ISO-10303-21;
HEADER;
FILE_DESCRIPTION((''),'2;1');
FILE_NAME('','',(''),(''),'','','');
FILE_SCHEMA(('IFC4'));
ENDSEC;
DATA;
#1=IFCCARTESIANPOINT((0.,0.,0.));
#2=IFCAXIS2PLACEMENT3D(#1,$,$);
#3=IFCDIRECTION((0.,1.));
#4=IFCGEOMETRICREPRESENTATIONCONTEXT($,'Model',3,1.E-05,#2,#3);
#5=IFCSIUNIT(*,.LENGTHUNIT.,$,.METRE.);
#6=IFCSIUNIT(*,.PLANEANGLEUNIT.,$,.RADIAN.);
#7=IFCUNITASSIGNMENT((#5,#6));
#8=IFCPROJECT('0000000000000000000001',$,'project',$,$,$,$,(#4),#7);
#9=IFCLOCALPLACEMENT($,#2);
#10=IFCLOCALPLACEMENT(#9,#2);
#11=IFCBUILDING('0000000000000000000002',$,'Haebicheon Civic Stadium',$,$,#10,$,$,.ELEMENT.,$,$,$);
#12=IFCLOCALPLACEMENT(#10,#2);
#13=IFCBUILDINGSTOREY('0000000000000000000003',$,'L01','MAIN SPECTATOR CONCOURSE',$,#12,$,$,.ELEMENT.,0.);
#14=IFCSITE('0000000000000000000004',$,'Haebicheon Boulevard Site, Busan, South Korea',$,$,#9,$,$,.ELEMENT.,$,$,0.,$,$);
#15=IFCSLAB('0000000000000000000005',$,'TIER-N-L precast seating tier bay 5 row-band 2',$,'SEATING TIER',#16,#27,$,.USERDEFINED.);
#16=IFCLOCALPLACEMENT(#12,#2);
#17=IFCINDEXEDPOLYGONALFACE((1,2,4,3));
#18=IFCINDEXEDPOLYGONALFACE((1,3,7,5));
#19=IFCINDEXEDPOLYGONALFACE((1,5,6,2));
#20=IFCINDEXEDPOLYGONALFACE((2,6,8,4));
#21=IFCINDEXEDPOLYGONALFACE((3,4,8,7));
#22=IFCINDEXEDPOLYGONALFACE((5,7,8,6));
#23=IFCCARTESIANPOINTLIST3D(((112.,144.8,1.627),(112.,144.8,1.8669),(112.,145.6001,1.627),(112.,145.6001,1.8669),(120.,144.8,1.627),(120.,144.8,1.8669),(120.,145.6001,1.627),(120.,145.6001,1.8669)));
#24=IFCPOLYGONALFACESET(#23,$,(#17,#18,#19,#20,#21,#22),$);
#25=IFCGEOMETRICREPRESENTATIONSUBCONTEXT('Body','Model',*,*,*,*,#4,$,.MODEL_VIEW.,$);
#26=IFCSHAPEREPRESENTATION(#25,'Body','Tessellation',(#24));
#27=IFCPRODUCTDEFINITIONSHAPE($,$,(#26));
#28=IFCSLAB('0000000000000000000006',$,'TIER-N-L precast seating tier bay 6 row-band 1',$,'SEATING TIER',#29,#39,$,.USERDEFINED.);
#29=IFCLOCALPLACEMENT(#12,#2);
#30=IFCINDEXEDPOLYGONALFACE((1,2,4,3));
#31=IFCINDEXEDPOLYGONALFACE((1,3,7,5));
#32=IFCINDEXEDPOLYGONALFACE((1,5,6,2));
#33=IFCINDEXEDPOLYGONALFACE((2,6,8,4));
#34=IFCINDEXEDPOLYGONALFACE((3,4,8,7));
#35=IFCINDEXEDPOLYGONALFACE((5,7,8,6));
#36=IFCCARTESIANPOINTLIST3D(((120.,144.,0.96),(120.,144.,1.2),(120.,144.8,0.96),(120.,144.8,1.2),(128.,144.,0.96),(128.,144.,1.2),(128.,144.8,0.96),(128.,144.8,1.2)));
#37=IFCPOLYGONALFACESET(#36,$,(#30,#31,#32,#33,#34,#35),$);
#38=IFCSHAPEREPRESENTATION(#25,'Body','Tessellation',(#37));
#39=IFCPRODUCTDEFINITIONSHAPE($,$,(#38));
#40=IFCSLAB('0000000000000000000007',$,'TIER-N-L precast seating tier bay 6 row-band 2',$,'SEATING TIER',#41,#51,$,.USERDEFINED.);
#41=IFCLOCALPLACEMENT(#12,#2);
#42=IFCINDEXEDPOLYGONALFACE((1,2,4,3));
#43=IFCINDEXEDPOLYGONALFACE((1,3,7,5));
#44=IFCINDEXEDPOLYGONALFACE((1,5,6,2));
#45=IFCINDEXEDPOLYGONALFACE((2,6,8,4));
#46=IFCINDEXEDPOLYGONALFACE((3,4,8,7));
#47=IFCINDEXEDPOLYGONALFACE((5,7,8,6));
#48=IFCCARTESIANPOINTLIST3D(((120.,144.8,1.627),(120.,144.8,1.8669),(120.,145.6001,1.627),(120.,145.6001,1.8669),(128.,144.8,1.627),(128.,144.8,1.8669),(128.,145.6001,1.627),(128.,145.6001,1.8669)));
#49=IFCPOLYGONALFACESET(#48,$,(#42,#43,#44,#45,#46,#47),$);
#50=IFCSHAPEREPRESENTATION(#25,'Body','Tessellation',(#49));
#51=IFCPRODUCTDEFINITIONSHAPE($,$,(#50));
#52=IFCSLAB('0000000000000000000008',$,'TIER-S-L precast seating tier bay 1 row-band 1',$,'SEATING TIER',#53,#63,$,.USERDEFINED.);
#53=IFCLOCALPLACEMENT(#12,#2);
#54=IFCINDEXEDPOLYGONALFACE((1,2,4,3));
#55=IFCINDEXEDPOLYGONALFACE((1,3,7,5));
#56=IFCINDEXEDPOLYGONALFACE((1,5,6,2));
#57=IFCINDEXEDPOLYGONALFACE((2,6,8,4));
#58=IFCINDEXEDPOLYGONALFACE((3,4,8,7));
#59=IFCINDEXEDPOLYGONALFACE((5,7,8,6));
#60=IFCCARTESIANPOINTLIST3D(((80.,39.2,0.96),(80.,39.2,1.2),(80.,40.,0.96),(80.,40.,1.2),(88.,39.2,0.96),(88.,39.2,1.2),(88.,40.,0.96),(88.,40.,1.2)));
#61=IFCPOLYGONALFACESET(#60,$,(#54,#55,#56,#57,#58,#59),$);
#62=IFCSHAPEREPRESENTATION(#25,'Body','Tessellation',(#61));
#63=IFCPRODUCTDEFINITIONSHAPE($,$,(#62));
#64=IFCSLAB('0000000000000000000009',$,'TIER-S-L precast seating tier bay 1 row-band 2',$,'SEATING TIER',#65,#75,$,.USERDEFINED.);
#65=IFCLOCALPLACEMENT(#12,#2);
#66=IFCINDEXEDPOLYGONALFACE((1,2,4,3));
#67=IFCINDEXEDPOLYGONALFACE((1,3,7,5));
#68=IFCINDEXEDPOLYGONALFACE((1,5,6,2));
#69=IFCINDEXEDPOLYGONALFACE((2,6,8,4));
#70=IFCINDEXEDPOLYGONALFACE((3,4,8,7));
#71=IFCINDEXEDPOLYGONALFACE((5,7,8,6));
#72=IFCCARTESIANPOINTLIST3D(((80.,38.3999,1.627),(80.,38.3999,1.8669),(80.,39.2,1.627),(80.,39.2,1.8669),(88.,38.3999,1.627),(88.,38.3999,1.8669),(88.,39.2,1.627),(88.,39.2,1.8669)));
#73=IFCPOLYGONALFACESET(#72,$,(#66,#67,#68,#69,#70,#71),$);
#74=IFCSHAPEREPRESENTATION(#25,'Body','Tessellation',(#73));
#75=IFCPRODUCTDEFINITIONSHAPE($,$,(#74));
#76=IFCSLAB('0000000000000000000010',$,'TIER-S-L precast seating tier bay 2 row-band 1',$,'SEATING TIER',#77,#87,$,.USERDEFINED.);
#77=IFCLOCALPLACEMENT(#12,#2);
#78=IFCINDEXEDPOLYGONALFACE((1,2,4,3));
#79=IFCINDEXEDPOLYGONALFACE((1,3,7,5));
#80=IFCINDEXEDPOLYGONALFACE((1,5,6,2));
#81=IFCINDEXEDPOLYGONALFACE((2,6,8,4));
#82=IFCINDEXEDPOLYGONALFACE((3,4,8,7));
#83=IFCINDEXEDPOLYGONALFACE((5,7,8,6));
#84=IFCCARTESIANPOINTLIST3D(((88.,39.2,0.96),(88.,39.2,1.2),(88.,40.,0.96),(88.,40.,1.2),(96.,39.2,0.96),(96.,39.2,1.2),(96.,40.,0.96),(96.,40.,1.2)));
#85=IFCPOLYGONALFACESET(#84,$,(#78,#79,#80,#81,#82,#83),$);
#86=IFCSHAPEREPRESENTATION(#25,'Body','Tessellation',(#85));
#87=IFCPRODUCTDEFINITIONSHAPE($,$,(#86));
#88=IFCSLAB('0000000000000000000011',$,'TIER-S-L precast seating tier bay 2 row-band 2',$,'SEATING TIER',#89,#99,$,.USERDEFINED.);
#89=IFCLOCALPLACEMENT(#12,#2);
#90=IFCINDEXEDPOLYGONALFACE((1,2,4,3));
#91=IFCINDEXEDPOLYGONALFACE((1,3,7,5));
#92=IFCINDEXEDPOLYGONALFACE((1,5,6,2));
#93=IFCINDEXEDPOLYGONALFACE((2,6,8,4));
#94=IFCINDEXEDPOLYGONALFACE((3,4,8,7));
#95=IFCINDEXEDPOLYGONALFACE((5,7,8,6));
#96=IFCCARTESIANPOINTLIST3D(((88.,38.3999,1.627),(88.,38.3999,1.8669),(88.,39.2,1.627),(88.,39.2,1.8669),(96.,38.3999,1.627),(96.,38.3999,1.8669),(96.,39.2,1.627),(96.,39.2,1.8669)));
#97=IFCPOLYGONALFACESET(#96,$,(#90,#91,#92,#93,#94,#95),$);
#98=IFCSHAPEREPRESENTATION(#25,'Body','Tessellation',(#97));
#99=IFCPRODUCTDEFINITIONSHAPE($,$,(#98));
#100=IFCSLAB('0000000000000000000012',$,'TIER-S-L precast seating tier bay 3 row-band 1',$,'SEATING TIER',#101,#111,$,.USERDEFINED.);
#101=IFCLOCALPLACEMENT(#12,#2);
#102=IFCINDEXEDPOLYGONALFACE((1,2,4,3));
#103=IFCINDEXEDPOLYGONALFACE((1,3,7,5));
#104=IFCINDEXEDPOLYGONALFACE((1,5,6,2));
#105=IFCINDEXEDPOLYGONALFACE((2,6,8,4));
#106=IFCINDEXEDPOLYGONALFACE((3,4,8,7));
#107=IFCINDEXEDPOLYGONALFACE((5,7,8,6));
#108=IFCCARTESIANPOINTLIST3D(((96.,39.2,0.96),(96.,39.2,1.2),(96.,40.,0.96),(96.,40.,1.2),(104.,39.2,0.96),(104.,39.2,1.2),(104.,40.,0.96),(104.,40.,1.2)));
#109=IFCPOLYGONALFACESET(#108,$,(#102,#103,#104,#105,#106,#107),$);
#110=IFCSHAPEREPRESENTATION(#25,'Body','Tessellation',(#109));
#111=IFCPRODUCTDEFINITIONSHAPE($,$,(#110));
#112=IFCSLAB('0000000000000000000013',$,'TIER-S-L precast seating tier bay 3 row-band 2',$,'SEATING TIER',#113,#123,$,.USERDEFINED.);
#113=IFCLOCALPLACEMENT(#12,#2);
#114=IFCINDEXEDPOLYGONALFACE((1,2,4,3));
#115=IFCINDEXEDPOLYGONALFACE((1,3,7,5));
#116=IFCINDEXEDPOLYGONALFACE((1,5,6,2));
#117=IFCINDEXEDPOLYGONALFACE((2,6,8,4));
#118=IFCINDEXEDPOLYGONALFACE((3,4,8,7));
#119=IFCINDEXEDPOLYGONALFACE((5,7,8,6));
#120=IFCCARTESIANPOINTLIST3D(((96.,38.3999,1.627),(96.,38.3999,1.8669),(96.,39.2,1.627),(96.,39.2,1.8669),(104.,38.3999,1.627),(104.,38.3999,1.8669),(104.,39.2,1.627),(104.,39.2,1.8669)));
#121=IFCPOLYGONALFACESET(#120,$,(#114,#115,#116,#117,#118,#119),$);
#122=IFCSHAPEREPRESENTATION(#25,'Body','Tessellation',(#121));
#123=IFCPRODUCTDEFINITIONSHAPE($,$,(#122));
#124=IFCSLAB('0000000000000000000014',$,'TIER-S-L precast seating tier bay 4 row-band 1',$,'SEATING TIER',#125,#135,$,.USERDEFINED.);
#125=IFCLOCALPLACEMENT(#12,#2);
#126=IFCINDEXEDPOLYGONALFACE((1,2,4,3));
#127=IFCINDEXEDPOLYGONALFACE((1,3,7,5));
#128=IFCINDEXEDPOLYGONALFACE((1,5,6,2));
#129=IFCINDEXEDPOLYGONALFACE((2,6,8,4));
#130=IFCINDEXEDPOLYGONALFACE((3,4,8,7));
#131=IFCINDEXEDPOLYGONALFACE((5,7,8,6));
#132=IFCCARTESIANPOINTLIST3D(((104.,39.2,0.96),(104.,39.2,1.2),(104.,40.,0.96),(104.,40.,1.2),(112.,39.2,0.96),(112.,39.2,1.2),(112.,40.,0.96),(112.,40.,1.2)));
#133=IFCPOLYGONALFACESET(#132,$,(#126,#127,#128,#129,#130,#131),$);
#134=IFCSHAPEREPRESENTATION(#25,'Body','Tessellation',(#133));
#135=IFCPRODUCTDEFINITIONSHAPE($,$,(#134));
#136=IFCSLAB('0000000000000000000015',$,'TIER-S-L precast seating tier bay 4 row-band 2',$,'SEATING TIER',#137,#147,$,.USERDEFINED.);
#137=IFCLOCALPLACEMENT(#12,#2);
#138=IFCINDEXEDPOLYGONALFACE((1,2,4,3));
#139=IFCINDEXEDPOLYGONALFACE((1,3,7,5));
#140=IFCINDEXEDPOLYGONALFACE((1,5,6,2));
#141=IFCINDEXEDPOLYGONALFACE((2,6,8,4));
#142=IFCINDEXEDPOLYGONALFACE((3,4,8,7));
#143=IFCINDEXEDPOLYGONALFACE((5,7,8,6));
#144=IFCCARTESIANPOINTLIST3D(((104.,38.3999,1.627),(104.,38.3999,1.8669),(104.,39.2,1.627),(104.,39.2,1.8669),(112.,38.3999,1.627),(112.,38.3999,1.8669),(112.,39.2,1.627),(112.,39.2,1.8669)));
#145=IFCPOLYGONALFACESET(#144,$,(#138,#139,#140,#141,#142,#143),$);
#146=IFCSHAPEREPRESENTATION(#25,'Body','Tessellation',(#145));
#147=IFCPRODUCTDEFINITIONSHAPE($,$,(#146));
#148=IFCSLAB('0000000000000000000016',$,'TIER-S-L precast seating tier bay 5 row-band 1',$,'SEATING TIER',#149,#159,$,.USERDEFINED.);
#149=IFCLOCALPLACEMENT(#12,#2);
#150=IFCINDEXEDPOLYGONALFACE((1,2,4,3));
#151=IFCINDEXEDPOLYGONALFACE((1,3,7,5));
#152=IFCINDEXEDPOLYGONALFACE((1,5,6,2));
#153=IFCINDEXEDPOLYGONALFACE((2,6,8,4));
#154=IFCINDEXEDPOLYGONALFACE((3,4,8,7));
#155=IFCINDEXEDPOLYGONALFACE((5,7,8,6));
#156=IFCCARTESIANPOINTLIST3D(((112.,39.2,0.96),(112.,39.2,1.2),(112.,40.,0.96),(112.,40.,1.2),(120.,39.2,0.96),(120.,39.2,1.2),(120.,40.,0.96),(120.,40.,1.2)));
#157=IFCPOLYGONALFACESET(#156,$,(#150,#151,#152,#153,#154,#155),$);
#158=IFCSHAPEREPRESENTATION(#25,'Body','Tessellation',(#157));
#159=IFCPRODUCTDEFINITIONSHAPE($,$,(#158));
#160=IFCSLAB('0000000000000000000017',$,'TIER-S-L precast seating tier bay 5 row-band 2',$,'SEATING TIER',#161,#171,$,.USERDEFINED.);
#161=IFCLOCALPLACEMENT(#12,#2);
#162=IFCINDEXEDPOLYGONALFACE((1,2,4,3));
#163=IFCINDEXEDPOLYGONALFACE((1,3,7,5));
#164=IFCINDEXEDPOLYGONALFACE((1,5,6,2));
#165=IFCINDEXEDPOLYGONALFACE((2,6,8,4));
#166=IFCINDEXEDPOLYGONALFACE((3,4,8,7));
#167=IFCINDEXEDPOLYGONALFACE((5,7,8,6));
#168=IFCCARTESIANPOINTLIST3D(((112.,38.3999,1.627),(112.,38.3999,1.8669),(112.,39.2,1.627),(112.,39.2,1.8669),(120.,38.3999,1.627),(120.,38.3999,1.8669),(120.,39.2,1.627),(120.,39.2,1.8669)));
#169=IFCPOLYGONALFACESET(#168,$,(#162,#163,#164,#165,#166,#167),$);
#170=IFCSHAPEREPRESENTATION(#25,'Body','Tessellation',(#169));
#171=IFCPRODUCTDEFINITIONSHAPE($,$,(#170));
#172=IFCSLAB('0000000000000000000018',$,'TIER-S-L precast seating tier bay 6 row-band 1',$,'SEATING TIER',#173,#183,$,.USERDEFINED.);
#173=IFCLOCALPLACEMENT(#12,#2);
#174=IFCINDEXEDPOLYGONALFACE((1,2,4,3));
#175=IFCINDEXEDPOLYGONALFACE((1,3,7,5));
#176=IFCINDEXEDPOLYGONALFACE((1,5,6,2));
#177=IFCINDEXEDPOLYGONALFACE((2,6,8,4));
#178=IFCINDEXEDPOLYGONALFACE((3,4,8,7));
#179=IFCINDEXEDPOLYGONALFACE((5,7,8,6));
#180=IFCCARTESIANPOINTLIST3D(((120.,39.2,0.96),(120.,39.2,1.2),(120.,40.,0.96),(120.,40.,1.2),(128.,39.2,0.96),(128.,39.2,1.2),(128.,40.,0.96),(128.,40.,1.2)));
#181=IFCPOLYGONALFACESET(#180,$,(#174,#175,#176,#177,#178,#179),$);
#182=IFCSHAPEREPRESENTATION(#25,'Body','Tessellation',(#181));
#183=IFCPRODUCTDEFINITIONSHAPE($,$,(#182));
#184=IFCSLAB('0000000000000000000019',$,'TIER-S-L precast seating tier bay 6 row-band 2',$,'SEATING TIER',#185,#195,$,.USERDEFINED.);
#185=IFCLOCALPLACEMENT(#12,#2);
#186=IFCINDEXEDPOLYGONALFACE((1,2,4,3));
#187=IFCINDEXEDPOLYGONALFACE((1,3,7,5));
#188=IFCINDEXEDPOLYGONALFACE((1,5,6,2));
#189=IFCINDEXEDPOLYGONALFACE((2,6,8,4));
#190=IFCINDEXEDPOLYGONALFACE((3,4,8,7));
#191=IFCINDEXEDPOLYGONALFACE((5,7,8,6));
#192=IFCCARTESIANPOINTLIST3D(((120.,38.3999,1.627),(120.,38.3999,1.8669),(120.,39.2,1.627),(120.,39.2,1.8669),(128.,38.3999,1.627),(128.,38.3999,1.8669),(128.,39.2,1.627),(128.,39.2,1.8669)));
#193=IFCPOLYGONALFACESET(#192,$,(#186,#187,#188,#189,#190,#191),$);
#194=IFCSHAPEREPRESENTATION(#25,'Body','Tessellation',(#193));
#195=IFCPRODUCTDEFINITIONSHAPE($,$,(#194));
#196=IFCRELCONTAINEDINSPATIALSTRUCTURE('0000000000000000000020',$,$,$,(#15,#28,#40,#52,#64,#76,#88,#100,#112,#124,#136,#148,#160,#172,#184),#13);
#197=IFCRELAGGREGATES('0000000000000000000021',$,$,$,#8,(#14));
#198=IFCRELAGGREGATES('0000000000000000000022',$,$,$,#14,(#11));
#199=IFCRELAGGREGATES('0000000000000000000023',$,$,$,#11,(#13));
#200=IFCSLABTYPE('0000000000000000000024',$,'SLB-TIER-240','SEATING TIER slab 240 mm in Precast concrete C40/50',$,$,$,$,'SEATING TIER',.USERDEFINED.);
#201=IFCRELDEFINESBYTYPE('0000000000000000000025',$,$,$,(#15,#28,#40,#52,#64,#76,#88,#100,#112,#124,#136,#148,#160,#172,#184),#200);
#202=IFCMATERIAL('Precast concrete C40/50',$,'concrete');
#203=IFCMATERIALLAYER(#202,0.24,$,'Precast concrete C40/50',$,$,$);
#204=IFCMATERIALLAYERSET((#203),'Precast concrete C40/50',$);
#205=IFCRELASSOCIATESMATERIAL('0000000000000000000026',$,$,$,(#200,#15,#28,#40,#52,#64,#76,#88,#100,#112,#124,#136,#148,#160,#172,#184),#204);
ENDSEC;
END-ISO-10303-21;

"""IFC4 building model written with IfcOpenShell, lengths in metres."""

from ifc_helpers import new_model, si_unit, direction, frame, origin, place, context, subcontext, project, spatial, polyline, outline, extrude, material, layer, layer_set, type_object, element, save


model = new_model("IFC4")

# Units and contexts
model_context = context("Model", 3, precision=1e-05, world=origin(), true_north=direction((0.0, 1.0)))
body_context = subcontext(model_context, "Body", "Model", "MODEL_VIEW")
ifc_project = project(units=[si_unit("LENGTHUNIT", "METRE"), si_unit("PLANEANGLEUNIT", "RADIAN")], contexts=[model_context])

# Site, building, storey
site_placement = place(None, origin())
site = spatial("IfcSite", under=ifc_project, at=site_placement, Name="Haebicheon Boulevard Site, Busan, South Korea", CompositionType="ELEMENT", RefElevation=0.0)
building_placement = place(site_placement, origin())
building = spatial("IfcBuilding", under=site, at=building_placement, Name="Haebicheon Civic Stadium", CompositionType="ELEMENT")
storey_placement = place(building_placement, origin())
storey = spatial("IfcBuildingStorey", under=building, at=storey_placement, Name="L01", Description="MAIN SPECTATOR CONCOURSE", CompositionType="ELEMENT", Elevation=0.0)

# Slabs
ifc_material = material(Name="Precast concrete C40/50", Category="concrete")
ifc_layer = layer(ifc_material, 0.24, Name="Precast concrete C40/50")
ifc_layer_set = layer_set([ifc_layer], Name="Precast concrete C40/50")
slab_type = type_object("IfcSlabType", Name="SLB-TIER-240", Description="SEATING TIER slab 240 mm in Precast concrete C40/50", ElementType="SEATING TIER", PredefinedType="USERDEFINED", material=ifc_layer_set)
slab_1_placement = place(storey_placement, frame((0.0, 0.0, 1.627)))
element("IfcSlab", 1, at=slab_1_placement, inside=storey, type_object=slab_type, material=ifc_layer_set, Name="TIER-N-L precast seating tier bay 5 row-band 2", ObjectType="SEATING TIER", PredefinedType="USERDEFINED", context=body_context, shape_type="SweptSolid", body=[
    extrude(outline(polyline([(112.0, 144.8), (120.0, 144.8), (120.0, 145.6001), (112.0, 145.6001), (112.0, 144.8)])), origin(), (0.0, 0.0, 1.0), 0.24),
])
slab_2_placement = place(storey_placement, frame((0.0, 0.0, 0.96)))
element("IfcSlab", 2, at=slab_2_placement, inside=storey, type_object=slab_type, material=ifc_layer_set, Name="TIER-N-L precast seating tier bay 6 row-band 1", ObjectType="SEATING TIER", PredefinedType="USERDEFINED", context=body_context, shape_type="SweptSolid", body=[
    extrude(outline(polyline([(120.0, 144.0), (128.0, 144.0), (128.0, 144.8), (120.0, 144.8), (120.0, 144.0)])), origin(), (0.0, 0.0, 1.0), 0.24),
])
slab_3_placement = place(storey_placement, frame((0.0, 0.0, 1.627)))
element("IfcSlab", 3, at=slab_3_placement, inside=storey, type_object=slab_type, material=ifc_layer_set, Name="TIER-N-L precast seating tier bay 6 row-band 2", ObjectType="SEATING TIER", PredefinedType="USERDEFINED", context=body_context, shape_type="SweptSolid", body=[
    extrude(outline(polyline([(120.0, 144.8), (128.0, 144.8), (128.0, 145.6001), (120.0, 145.6001), (120.0, 144.8)])), origin(), (0.0, 0.0, 1.0), 0.24),
])
slab_4_placement = place(storey_placement, frame((0.0, 0.0, 0.96)))
element("IfcSlab", 4, at=slab_4_placement, inside=storey, type_object=slab_type, material=ifc_layer_set, Name="TIER-S-L precast seating tier bay 1 row-band 1", ObjectType="SEATING TIER", PredefinedType="USERDEFINED", context=body_context, shape_type="SweptSolid", body=[
    extrude(outline(polyline([(80.0, 39.2), (88.0, 39.2), (88.0, 40.0), (80.0, 40.0), (80.0, 39.2)])), origin(), (0.0, 0.0, 1.0), 0.24),
])
slab_5_placement = place(storey_placement, frame((0.0, 0.0, 1.627)))
element("IfcSlab", 5, at=slab_5_placement, inside=storey, type_object=slab_type, material=ifc_layer_set, Name="TIER-S-L precast seating tier bay 1 row-band 2", ObjectType="SEATING TIER", PredefinedType="USERDEFINED", context=body_context, shape_type="SweptSolid", body=[
    extrude(outline(polyline([(80.0, 38.3999), (88.0, 38.3999), (88.0, 39.2), (80.0, 39.2), (80.0, 38.3999)])), origin(), (0.0, 0.0, 1.0), 0.24),
])
slab_6_placement = place(storey_placement, frame((0.0, 0.0, 0.96)))
element("IfcSlab", 6, at=slab_6_placement, inside=storey, type_object=slab_type, material=ifc_layer_set, Name="TIER-S-L precast seating tier bay 2 row-band 1", ObjectType="SEATING TIER", PredefinedType="USERDEFINED", context=body_context, shape_type="SweptSolid", body=[
    extrude(outline(polyline([(88.0, 39.2), (96.0, 39.2), (96.0, 40.0), (88.0, 40.0), (88.0, 39.2)])), origin(), (0.0, 0.0, 1.0), 0.24),
])
slab_7_placement = place(storey_placement, frame((0.0, 0.0, 1.627)))
element("IfcSlab", 7, at=slab_7_placement, inside=storey, type_object=slab_type, material=ifc_layer_set, Name="TIER-S-L precast seating tier bay 2 row-band 2", ObjectType="SEATING TIER", PredefinedType="USERDEFINED", context=body_context, shape_type="SweptSolid", body=[
    extrude(outline(polyline([(88.0, 38.3999), (96.0, 38.3999), (96.0, 39.2), (88.0, 39.2), (88.0, 38.3999)])), origin(), (0.0, 0.0, 1.0), 0.24),
])
slab_8_placement = place(storey_placement, frame((0.0, 0.0, 0.96)))
element("IfcSlab", 8, at=slab_8_placement, inside=storey, type_object=slab_type, material=ifc_layer_set, Name="TIER-S-L precast seating tier bay 3 row-band 1", ObjectType="SEATING TIER", PredefinedType="USERDEFINED", context=body_context, shape_type="SweptSolid", body=[
    extrude(outline(polyline([(96.0, 39.2), (104.0, 39.2), (104.0, 40.0), (96.0, 40.0), (96.0, 39.2)])), origin(), (0.0, 0.0, 1.0), 0.24),
])
slab_9_placement = place(storey_placement, frame((0.0, 0.0, 1.627)))
element("IfcSlab", 9, at=slab_9_placement, inside=storey, type_object=slab_type, material=ifc_layer_set, Name="TIER-S-L precast seating tier bay 3 row-band 2", ObjectType="SEATING TIER", PredefinedType="USERDEFINED", context=body_context, shape_type="SweptSolid", body=[
    extrude(outline(polyline([(96.0, 38.3999), (104.0, 38.3999), (104.0, 39.2), (96.0, 39.2), (96.0, 38.3999)])), origin(), (0.0, 0.0, 1.0), 0.24),
])
slab_10_placement = place(storey_placement, frame((0.0, 0.0, 0.96)))
element("IfcSlab", 10, at=slab_10_placement, inside=storey, type_object=slab_type, material=ifc_layer_set, Name="TIER-S-L precast seating tier bay 4 row-band 1", ObjectType="SEATING TIER", PredefinedType="USERDEFINED", context=body_context, shape_type="SweptSolid", body=[
    extrude(outline(polyline([(104.0, 39.2), (112.0, 39.2), (112.0, 40.0), (104.0, 40.0), (104.0, 39.2)])), origin(), (0.0, 0.0, 1.0), 0.24),
])
slab_11_placement = place(storey_placement, frame((0.0, 0.0, 1.627)))
element("IfcSlab", 11, at=slab_11_placement, inside=storey, type_object=slab_type, material=ifc_layer_set, Name="TIER-S-L precast seating tier bay 4 row-band 2", ObjectType="SEATING TIER", PredefinedType="USERDEFINED", context=body_context, shape_type="SweptSolid", body=[
    extrude(outline(polyline([(104.0, 38.3999), (112.0, 38.3999), (112.0, 39.2), (104.0, 39.2), (104.0, 38.3999)])), origin(), (0.0, 0.0, 1.0), 0.24),
])
slab_12_placement = place(storey_placement, frame((0.0, 0.0, 0.96)))
element("IfcSlab", 12, at=slab_12_placement, inside=storey, type_object=slab_type, material=ifc_layer_set, Name="TIER-S-L precast seating tier bay 5 row-band 1", ObjectType="SEATING TIER", PredefinedType="USERDEFINED", context=body_context, shape_type="SweptSolid", body=[
    extrude(outline(polyline([(112.0, 39.2), (120.0, 39.2), (120.0, 40.0), (112.0, 40.0), (112.0, 39.2)])), origin(), (0.0, 0.0, 1.0), 0.24),
])
slab_13_placement = place(storey_placement, frame((0.0, 0.0, 1.627)))
element("IfcSlab", 13, at=slab_13_placement, inside=storey, type_object=slab_type, material=ifc_layer_set, Name="TIER-S-L precast seating tier bay 5 row-band 2", ObjectType="SEATING TIER", PredefinedType="USERDEFINED", context=body_context, shape_type="SweptSolid", body=[
    extrude(outline(polyline([(112.0, 38.3999), (120.0, 38.3999), (120.0, 39.2), (112.0, 39.2), (112.0, 38.3999)])), origin(), (0.0, 0.0, 1.0), 0.24),
])
slab_14_placement = place(storey_placement, frame((0.0, 0.0, 0.96)))
element("IfcSlab", 14, at=slab_14_placement, inside=storey, type_object=slab_type, material=ifc_layer_set, Name="TIER-S-L precast seating tier bay 6 row-band 1", ObjectType="SEATING TIER", PredefinedType="USERDEFINED", context=body_context, shape_type="SweptSolid", body=[
    extrude(outline(polyline([(120.0, 39.2), (128.0, 39.2), (128.0, 40.0), (120.0, 40.0), (120.0, 39.2)])), origin(), (0.0, 0.0, 1.0), 0.24),
])
slab_15_placement = place(storey_placement, frame((0.0, 0.0, 1.627)))
element("IfcSlab", 15, at=slab_15_placement, inside=storey, type_object=slab_type, material=ifc_layer_set, Name="TIER-S-L precast seating tier bay 6 row-band 2", ObjectType="SEATING TIER", PredefinedType="USERDEFINED", context=body_context, shape_type="SweptSolid", body=[
    extrude(outline(polyline([(120.0, 38.3999), (128.0, 38.3999), (128.0, 39.2), (120.0, 39.2), (120.0, 38.3999)])), origin(), (0.0, 0.0, 1.0), 0.24),
])

save(model, "model.ifc")
